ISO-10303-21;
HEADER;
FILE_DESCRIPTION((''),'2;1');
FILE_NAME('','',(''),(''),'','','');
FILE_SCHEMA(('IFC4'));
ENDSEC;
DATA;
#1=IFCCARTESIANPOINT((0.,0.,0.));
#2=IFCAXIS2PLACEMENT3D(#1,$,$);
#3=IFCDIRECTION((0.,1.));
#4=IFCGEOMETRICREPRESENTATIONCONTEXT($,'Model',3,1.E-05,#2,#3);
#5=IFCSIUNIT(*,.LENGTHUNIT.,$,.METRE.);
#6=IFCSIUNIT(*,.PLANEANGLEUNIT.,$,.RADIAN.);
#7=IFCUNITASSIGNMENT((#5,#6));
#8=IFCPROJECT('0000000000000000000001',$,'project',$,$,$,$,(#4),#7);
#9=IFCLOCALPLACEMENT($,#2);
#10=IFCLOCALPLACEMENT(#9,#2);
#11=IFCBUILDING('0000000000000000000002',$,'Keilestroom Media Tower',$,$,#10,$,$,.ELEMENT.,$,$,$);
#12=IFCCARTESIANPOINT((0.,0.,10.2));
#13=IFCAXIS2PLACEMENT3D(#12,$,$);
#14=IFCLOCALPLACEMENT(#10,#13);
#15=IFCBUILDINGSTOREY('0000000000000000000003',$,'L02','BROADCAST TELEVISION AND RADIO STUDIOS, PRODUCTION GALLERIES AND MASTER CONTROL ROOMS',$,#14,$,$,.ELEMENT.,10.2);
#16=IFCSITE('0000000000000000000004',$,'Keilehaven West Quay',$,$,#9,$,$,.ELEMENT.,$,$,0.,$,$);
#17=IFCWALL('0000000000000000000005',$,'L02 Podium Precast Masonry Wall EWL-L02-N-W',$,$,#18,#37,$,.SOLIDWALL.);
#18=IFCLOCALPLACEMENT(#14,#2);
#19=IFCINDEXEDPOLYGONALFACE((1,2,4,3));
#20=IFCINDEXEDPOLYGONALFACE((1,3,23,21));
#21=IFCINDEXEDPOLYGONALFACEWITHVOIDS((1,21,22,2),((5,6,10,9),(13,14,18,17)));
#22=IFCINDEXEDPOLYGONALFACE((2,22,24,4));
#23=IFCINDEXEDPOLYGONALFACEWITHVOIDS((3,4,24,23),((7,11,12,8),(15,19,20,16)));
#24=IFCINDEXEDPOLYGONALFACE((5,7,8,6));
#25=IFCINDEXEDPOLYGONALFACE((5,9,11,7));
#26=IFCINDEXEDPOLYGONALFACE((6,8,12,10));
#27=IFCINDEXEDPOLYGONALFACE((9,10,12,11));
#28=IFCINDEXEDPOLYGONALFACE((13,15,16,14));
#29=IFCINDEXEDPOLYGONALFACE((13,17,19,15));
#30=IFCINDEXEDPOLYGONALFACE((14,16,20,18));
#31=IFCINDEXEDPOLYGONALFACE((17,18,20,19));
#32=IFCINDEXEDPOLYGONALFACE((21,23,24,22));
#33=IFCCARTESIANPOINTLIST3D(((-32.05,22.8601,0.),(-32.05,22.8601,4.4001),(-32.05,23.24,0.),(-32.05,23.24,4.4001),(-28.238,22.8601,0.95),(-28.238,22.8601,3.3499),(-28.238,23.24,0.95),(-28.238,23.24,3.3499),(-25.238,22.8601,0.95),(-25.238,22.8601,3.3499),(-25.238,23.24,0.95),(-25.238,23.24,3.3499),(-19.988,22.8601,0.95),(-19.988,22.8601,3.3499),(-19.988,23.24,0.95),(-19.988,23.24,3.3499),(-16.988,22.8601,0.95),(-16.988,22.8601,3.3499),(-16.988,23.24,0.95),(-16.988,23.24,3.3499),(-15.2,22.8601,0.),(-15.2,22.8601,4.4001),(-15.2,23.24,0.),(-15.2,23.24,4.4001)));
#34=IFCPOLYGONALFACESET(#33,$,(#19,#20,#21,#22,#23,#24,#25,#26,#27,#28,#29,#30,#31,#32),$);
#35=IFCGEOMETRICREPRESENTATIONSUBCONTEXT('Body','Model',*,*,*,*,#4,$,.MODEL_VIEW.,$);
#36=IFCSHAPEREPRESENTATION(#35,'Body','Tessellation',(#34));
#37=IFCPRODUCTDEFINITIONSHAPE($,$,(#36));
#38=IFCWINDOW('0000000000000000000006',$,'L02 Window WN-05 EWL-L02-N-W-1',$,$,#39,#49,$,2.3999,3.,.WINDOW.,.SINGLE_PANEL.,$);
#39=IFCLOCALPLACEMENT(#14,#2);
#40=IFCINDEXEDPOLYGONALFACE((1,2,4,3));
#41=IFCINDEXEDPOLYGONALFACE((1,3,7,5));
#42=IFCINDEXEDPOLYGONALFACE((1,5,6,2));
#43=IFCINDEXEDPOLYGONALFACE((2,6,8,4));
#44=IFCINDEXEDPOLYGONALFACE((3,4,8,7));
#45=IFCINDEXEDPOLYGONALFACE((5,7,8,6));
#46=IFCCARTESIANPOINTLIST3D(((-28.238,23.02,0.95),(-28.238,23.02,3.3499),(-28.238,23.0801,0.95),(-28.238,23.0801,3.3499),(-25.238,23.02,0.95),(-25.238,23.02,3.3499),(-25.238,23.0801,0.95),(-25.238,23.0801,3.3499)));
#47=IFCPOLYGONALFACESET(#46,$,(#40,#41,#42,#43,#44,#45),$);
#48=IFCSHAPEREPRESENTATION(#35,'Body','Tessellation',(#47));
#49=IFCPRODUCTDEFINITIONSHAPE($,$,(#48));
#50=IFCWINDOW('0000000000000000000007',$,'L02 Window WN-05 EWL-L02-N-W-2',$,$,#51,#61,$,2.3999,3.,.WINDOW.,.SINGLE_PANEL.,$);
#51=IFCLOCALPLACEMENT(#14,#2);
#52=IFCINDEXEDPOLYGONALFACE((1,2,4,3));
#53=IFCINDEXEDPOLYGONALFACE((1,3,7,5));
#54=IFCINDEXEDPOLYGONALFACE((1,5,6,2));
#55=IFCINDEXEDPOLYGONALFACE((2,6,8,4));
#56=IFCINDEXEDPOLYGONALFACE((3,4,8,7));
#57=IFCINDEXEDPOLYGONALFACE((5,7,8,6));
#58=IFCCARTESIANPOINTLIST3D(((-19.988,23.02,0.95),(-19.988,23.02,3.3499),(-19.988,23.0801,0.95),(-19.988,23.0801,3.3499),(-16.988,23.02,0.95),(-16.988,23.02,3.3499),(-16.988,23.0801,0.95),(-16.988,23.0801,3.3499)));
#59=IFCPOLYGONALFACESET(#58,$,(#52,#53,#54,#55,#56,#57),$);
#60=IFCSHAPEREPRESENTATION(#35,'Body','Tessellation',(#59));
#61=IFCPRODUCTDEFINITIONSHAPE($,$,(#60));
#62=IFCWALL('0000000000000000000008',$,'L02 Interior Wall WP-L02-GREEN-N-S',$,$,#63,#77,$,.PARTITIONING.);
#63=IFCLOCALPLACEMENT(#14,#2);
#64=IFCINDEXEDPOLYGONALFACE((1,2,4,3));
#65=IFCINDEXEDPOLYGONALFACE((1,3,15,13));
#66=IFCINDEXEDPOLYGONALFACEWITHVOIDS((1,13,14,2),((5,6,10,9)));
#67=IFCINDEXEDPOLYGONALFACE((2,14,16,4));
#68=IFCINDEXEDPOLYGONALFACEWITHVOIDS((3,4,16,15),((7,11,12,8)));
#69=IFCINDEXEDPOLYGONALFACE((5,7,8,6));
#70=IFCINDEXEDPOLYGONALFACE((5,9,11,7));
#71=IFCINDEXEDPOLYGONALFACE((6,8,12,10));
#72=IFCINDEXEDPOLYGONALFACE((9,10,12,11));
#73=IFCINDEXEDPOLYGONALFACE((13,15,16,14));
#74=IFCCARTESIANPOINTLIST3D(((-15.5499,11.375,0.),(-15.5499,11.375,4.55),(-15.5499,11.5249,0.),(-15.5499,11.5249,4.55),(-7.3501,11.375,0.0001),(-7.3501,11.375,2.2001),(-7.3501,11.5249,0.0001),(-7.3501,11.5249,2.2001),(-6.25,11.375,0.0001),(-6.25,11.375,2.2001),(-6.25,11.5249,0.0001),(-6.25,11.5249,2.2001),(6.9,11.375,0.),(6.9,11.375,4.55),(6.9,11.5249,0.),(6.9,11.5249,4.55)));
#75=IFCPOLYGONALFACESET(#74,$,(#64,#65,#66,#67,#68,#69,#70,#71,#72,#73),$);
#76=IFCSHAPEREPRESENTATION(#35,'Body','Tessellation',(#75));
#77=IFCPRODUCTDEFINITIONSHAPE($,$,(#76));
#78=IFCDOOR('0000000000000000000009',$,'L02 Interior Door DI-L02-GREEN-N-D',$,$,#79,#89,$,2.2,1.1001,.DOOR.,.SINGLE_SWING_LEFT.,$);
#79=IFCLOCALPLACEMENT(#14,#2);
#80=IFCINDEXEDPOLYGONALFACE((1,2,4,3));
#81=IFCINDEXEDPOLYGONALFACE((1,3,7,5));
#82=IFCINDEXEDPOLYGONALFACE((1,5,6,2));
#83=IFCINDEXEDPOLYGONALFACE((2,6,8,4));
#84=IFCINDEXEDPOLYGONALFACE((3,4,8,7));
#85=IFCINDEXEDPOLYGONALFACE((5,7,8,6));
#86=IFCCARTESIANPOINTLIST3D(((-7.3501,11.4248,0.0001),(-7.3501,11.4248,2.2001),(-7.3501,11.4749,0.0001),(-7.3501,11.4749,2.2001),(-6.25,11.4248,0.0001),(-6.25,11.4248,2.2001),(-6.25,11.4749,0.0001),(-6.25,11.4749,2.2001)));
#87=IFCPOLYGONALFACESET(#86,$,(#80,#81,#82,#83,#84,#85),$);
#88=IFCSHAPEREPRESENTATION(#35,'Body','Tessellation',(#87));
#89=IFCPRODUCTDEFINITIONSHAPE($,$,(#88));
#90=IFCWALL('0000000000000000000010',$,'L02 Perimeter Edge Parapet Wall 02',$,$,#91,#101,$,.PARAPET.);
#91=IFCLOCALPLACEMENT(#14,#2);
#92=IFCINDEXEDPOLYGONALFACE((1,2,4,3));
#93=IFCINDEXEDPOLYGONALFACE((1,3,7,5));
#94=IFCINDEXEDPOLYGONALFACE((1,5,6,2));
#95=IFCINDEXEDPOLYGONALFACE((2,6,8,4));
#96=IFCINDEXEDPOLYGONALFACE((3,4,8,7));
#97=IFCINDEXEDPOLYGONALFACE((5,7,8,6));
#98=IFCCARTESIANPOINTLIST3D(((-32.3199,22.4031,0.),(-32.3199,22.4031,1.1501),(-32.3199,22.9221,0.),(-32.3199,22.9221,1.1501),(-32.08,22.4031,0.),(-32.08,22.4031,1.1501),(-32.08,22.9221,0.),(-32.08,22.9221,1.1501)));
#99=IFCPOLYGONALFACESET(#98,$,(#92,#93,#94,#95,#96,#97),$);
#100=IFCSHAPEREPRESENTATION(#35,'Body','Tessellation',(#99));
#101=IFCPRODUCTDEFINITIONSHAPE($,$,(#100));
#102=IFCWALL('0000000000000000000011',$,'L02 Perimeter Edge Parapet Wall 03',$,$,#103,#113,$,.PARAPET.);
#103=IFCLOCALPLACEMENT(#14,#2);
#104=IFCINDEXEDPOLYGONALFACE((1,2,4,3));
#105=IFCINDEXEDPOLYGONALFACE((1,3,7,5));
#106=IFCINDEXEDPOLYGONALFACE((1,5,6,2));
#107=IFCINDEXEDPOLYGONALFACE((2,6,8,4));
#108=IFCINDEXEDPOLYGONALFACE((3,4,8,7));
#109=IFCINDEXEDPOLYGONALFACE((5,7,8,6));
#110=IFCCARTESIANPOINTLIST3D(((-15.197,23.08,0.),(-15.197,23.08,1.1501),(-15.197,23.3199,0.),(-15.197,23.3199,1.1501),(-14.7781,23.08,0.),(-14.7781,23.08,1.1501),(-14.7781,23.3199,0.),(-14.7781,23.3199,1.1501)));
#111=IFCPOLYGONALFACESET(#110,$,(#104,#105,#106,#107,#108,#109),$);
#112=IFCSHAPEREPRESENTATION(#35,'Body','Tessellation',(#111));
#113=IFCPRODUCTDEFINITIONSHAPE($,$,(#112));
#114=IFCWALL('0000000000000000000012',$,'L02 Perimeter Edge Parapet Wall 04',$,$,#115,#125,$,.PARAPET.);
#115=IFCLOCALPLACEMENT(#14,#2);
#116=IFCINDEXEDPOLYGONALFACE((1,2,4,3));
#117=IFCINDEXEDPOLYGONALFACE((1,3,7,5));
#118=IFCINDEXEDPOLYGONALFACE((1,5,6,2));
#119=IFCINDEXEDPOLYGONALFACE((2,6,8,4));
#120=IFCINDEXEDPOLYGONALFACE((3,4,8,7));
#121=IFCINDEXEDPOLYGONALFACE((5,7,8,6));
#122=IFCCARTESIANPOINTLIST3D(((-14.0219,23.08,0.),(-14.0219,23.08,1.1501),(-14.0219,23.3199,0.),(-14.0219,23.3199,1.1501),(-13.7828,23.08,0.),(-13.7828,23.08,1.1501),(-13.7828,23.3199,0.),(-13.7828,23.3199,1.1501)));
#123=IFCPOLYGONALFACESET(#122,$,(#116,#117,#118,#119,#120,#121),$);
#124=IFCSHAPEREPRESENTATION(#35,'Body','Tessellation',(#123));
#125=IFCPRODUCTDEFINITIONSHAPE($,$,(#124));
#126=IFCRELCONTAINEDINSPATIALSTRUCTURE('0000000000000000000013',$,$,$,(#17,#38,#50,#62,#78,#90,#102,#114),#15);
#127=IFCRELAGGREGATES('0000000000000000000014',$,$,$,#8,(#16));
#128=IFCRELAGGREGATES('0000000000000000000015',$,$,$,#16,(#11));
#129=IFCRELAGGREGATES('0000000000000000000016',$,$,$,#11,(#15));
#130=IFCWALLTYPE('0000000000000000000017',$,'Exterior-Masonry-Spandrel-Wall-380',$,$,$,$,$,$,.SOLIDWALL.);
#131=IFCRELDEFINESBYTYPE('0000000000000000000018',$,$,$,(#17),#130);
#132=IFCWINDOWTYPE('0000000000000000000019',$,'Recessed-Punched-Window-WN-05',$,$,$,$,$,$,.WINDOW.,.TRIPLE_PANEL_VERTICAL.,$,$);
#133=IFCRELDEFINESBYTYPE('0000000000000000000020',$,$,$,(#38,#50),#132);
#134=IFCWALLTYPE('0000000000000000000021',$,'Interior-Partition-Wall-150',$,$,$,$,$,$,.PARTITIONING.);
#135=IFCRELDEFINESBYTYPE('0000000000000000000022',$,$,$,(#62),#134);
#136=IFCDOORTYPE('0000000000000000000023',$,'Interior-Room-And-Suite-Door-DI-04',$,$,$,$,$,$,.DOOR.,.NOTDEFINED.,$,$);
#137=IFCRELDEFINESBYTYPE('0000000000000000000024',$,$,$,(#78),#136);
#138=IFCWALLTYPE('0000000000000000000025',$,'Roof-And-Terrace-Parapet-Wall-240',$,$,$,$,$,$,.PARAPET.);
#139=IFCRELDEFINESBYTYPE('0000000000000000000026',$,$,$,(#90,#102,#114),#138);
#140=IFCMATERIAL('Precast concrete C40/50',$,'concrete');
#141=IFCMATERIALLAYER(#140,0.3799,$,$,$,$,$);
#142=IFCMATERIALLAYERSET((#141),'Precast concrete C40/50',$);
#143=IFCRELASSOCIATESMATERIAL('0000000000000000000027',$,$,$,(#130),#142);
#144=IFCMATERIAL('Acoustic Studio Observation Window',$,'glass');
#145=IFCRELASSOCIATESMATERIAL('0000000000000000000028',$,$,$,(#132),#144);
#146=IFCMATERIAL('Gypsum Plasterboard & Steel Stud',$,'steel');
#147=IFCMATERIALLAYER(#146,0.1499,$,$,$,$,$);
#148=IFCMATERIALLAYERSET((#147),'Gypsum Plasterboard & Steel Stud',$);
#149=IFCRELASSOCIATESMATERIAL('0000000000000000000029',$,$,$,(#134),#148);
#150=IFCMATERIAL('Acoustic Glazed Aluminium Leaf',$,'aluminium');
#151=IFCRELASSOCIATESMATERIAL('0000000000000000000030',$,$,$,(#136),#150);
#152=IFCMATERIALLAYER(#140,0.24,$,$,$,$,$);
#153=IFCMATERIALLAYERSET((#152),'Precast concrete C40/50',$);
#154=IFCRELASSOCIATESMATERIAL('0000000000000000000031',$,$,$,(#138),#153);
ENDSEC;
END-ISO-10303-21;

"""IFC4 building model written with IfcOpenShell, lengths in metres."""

from ifc_helpers import new_model, si_unit, direction, frame, frame_2d, origin, place, context, subcontext, project, spatial, rectangle, extrude, source, transform, mapped, material, layer, layer_set, type_object, element, fill, save


model = new_model("IFC4")

# Units and contexts
model_context = context("Model", 3, precision=1e-05, world=origin(), true_north=direction((0.0, 1.0)))
body_context = subcontext(model_context, "Body", "Model", "MODEL_VIEW")
ifc_project = project(units=[si_unit("LENGTHUNIT", "METRE"), si_unit("PLANEANGLEUNIT", "RADIAN")], contexts=[model_context])

# Site, building, storey
site_placement = place(None, origin())
site = spatial("IfcSite", under=ifc_project, at=site_placement, Name="Keilehaven West Quay", CompositionType="ELEMENT", RefElevation=0.0)
building_placement = place(site_placement, origin())
building = spatial("IfcBuilding", under=site, at=building_placement, Name="Keilestroom Media Tower", CompositionType="ELEMENT")
storey_placement = place(building_placement, frame((0.0, 0.0, 10.2)))
storey = spatial("IfcBuildingStorey", under=building, at=storey_placement, Name="L02", Description="BROADCAST TELEVISION AND RADIO STUDIOS, PRODUCTION GALLERIES AND MASTER CONTROL ROOMS", CompositionType="ELEMENT", Elevation=10.2)

# Shared definitions
ifc_material_1 = material(Name="Precast concrete C40/50", Category="concrete")

# Wall, openings, windows
ifc_layer_1 = layer(ifc_material_1, 0.3799)
ifc_layer_set_1 = layer_set([ifc_layer_1], Name="Precast concrete C40/50")
wall_type_1 = type_object("IfcWallType", Name="Exterior-Masonry-Spandrel-Wall-380", PredefinedType="SOLIDWALL", material=ifc_layer_set_1)
wall_1_placement = place(storey_placement, frame((-32.05, 23.05, 0.0), z_axis=(0.0, 0.0, 1.0), x_axis=(1.0, 0.0, 0.0)))
wall_1 = element("IfcWall", 1, at=wall_1_placement, inside=storey, type_object=wall_type_1, Name="L02 Podium Precast Masonry Wall EWL-L02-N-W", PredefinedType="SOLIDWALL", context=body_context, shape_type="SweptSolid", body=[
    extrude(rectangle(XDim=16.8501, YDim=0.3799, at=frame_2d((8.425, 0.0))), origin(), (0.0, 0.0, 1.0), 4.4001),
])
opening_1_placement = place(wall_1_placement, frame((3.812, 0.0, 0.95)))
opening_1 = element("IfcOpeningElement", 2, at=opening_1_placement, cuts=wall_1, PredefinedType="OPENING", context=body_context, shape_type="SweptSolid", body=[
    extrude(rectangle(XDim=3.0, YDim=2.3999, at=frame_2d((1.5, 1.2))), frame((0.0, 0.2, 0.0), z_axis=(0.0, -1.0, 0.0), x_axis=(1.0, 0.0, 0.0)), (0.0, 0.0, 1.0), 0.3999),
])
opening_2_placement = place(wall_1_placement, frame((12.062, 0.0, 0.95)))
opening_2 = element("IfcOpeningElement", 3, at=opening_2_placement, cuts=wall_1, PredefinedType="OPENING", context=body_context, shape_type="SweptSolid", body=[
    extrude(rectangle(XDim=3.0, YDim=2.3999, at=frame_2d((1.5, 1.2))), frame((0.0, 0.2, 0.0), z_axis=(0.0, -1.0, 0.0), x_axis=(1.0, 0.0, 0.0)), (0.0, 0.0, 1.0), 0.3999),
])
ifc_material_2 = material(Name="Acoustic Studio Observation Window", Category="glass")
window_type = type_object("IfcWindowType", Name="Recessed-Punched-Window-WN-05", PartitioningType="TRIPLE_PANEL_VERTICAL", PredefinedType="WINDOW", material=ifc_material_2)
shared_shape_1 = source(origin(), body_context, "Body", "SweptSolid", [
    extrude(rectangle(XDim=3.0, YDim=2.3999, at=frame_2d((1.5, 1.2))), frame((0.0, 0.03, 0.0), z_axis=(0.0, -1.0, 0.0), x_axis=(1.0, 0.0, 0.0)), (0.0, 0.0, 1.0), 0.0601),
])
window_1_placement = place(opening_1_placement, origin())
window_1 = element("IfcWindow", 4, at=window_1_placement, inside=storey, type_object=window_type, Name="L02 Window WN-05 EWL-L02-N-W-1", OverallHeight=2.3999, OverallWidth=3.0, PartitioningType="SINGLE_PANEL", PredefinedType="WINDOW", context=body_context, shape_type="MappedRepresentation", body=[
    mapped(shared_shape_1, transform((0.0, 0.0, 0.0), x_axis=(1.0, 0.0, 0.0), y_axis=(0.0, 1.0, 0.0), z_axis=(0.0, 0.0, 1.0), scale=1.0)),
])
fill(opening_1, window_1)
window_2_placement = place(opening_2_placement, origin())
window_2 = element("IfcWindow", 5, at=window_2_placement, inside=storey, type_object=window_type, Name="L02 Window WN-05 EWL-L02-N-W-2", OverallHeight=2.3999, OverallWidth=3.0, PartitioningType="SINGLE_PANEL", PredefinedType="WINDOW", context=body_context, shape_type="MappedRepresentation", body=[
    mapped(shared_shape_1, transform((0.0, 0.0, 0.0), x_axis=(1.0, 0.0, 0.0), y_axis=(0.0, 1.0, 0.0), z_axis=(0.0, 0.0, 1.0), scale=1.0)),
])
fill(opening_2, window_2)

# Wall, opening, door
ifc_material_3 = material(Name="Gypsum Plasterboard & Steel Stud", Category="steel")
ifc_layer_2 = layer(ifc_material_3, 0.1499)
ifc_layer_set_2 = layer_set([ifc_layer_2], Name="Gypsum Plasterboard & Steel Stud")
wall_type_2 = type_object("IfcWallType", Name="Interior-Partition-Wall-150", PredefinedType="PARTITIONING", material=ifc_layer_set_2)
wall_2_placement = place(storey_placement, frame((-15.55, 11.45, 0.0), z_axis=(0.0, 0.0, 1.0), x_axis=(1.0, 0.0, 0.0)))
wall_2 = element("IfcWall", 6, at=wall_2_placement, inside=storey, type_object=wall_type_2, Name="L02 Interior Wall WP-L02-GREEN-N-S", PredefinedType="PARTITIONING", context=body_context, shape_type="SweptSolid", body=[
    extrude(rectangle(XDim=22.45, YDim=0.1499, at=frame_2d((11.2251, 0.0))), origin(), (0.0, 0.0, 1.0), 4.55),
])
opening_3_placement = place(wall_2_placement, frame((8.2, 0.0, 0.0)))
opening_3 = element("IfcOpeningElement", 7, at=opening_3_placement, cuts=wall_2, PredefinedType="OPENING", context=body_context, shape_type="SweptSolid", body=[
    extrude(rectangle(XDim=1.1001, YDim=2.2, at=frame_2d((0.55, 1.1001))), frame((0.0, 0.085, 0.0), z_axis=(0.0, -1.0, 0.0), x_axis=(1.0, 0.0, 0.0)), (0.0, 0.0, 1.0), 0.1699),
])
ifc_material_4 = material(Name="Acoustic Glazed Aluminium Leaf", Category="aluminium")
door_type_1 = type_object("IfcDoorType", Name="Interior-Room-And-Suite-Door-DI-04", OperationType="NOTDEFINED", PredefinedType="DOOR", material=ifc_material_4)
shared_shape_2 = source(origin(), body_context, "Body", "SweptSolid", [
    extrude(rectangle(XDim=1.1001, YDim=2.2, at=frame_2d((0.55, 1.1001))), frame((0.0, 0.0249, 0.0), z_axis=(0.0, -1.0, 0.0), x_axis=(1.0, 0.0, 0.0)), (0.0, 0.0, 1.0), 0.05),
])
door_1_placement = place(opening_3_placement, origin())
door_1 = element("IfcDoor", 8, at=door_1_placement, inside=storey, type_object=door_type_1, Name="L02 Interior Door DI-L02-GREEN-N-D", OperationType="SINGLE_SWING_LEFT", OverallHeight=2.2, OverallWidth=1.1001, PredefinedType="DOOR", context=body_context, shape_type="MappedRepresentation", body=[
    mapped(shared_shape_2, transform((0.0, 0.0, 0.0), x_axis=(1.0, 0.0, 0.0), y_axis=(0.0, 1.0, 0.0), z_axis=(0.0, 0.0, 1.0), scale=1.0)),
])
fill(opening_3, door_1)

# Walls
ifc_layer_3 = layer(ifc_material_1, 0.24)
ifc_layer_set_3 = layer_set([ifc_layer_3], Name="Precast concrete C40/50")
wall_type_3 = type_object("IfcWallType", Name="Roof-And-Terrace-Parapet-Wall-240", PredefinedType="PARAPET", material=ifc_layer_set_3)
wall_3_placement = place(storey_placement, frame((-32.2, 22.4031, 0.0), z_axis=(0.0, 0.0, 1.0), x_axis=(0.0, 1.0, 0.0)))
element("IfcWall", 9, at=wall_3_placement, inside=storey, type_object=wall_type_3, Name="L02 Perimeter Edge Parapet Wall 02", PredefinedType="PARAPET", context=body_context, shape_type="SweptSolid", body=[
    extrude(rectangle(XDim=0.519, YDim=0.24, at=frame_2d((0.2595, 0.0))), origin(), (0.0, 0.0, 1.0), 1.1501),
])
wall_4_placement = place(storey_placement, frame((-15.197, 23.2, 0.0), z_axis=(0.0, 0.0, 1.0), x_axis=(1.0, 0.0, 0.0)))
element("IfcWall", 10, at=wall_4_placement, inside=storey, type_object=wall_type_3, Name="L02 Perimeter Edge Parapet Wall 03", PredefinedType="PARAPET", context=body_context, shape_type="SweptSolid", body=[
    extrude(rectangle(XDim=0.4189, YDim=0.24, at=frame_2d((0.2095, 0.0))), origin(), (0.0, 0.0, 1.0), 1.1501),
])
wall_5_placement = place(storey_placement, frame((-14.022, 23.2, 0.0), z_axis=(0.0, 0.0, 1.0), x_axis=(1.0, 0.0, 0.0)))
element("IfcWall", 11, at=wall_5_placement, inside=storey, type_object=wall_type_3, Name="L02 Perimeter Edge Parapet Wall 04", PredefinedType="PARAPET", context=body_context, shape_type="SweptSolid", body=[
    extrude(rectangle(XDim=0.239, YDim=0.24, at=frame_2d((0.1196, 0.0))), origin(), (0.0, 0.0, 1.0), 1.1501),
])

save(model, "model.ifc")
